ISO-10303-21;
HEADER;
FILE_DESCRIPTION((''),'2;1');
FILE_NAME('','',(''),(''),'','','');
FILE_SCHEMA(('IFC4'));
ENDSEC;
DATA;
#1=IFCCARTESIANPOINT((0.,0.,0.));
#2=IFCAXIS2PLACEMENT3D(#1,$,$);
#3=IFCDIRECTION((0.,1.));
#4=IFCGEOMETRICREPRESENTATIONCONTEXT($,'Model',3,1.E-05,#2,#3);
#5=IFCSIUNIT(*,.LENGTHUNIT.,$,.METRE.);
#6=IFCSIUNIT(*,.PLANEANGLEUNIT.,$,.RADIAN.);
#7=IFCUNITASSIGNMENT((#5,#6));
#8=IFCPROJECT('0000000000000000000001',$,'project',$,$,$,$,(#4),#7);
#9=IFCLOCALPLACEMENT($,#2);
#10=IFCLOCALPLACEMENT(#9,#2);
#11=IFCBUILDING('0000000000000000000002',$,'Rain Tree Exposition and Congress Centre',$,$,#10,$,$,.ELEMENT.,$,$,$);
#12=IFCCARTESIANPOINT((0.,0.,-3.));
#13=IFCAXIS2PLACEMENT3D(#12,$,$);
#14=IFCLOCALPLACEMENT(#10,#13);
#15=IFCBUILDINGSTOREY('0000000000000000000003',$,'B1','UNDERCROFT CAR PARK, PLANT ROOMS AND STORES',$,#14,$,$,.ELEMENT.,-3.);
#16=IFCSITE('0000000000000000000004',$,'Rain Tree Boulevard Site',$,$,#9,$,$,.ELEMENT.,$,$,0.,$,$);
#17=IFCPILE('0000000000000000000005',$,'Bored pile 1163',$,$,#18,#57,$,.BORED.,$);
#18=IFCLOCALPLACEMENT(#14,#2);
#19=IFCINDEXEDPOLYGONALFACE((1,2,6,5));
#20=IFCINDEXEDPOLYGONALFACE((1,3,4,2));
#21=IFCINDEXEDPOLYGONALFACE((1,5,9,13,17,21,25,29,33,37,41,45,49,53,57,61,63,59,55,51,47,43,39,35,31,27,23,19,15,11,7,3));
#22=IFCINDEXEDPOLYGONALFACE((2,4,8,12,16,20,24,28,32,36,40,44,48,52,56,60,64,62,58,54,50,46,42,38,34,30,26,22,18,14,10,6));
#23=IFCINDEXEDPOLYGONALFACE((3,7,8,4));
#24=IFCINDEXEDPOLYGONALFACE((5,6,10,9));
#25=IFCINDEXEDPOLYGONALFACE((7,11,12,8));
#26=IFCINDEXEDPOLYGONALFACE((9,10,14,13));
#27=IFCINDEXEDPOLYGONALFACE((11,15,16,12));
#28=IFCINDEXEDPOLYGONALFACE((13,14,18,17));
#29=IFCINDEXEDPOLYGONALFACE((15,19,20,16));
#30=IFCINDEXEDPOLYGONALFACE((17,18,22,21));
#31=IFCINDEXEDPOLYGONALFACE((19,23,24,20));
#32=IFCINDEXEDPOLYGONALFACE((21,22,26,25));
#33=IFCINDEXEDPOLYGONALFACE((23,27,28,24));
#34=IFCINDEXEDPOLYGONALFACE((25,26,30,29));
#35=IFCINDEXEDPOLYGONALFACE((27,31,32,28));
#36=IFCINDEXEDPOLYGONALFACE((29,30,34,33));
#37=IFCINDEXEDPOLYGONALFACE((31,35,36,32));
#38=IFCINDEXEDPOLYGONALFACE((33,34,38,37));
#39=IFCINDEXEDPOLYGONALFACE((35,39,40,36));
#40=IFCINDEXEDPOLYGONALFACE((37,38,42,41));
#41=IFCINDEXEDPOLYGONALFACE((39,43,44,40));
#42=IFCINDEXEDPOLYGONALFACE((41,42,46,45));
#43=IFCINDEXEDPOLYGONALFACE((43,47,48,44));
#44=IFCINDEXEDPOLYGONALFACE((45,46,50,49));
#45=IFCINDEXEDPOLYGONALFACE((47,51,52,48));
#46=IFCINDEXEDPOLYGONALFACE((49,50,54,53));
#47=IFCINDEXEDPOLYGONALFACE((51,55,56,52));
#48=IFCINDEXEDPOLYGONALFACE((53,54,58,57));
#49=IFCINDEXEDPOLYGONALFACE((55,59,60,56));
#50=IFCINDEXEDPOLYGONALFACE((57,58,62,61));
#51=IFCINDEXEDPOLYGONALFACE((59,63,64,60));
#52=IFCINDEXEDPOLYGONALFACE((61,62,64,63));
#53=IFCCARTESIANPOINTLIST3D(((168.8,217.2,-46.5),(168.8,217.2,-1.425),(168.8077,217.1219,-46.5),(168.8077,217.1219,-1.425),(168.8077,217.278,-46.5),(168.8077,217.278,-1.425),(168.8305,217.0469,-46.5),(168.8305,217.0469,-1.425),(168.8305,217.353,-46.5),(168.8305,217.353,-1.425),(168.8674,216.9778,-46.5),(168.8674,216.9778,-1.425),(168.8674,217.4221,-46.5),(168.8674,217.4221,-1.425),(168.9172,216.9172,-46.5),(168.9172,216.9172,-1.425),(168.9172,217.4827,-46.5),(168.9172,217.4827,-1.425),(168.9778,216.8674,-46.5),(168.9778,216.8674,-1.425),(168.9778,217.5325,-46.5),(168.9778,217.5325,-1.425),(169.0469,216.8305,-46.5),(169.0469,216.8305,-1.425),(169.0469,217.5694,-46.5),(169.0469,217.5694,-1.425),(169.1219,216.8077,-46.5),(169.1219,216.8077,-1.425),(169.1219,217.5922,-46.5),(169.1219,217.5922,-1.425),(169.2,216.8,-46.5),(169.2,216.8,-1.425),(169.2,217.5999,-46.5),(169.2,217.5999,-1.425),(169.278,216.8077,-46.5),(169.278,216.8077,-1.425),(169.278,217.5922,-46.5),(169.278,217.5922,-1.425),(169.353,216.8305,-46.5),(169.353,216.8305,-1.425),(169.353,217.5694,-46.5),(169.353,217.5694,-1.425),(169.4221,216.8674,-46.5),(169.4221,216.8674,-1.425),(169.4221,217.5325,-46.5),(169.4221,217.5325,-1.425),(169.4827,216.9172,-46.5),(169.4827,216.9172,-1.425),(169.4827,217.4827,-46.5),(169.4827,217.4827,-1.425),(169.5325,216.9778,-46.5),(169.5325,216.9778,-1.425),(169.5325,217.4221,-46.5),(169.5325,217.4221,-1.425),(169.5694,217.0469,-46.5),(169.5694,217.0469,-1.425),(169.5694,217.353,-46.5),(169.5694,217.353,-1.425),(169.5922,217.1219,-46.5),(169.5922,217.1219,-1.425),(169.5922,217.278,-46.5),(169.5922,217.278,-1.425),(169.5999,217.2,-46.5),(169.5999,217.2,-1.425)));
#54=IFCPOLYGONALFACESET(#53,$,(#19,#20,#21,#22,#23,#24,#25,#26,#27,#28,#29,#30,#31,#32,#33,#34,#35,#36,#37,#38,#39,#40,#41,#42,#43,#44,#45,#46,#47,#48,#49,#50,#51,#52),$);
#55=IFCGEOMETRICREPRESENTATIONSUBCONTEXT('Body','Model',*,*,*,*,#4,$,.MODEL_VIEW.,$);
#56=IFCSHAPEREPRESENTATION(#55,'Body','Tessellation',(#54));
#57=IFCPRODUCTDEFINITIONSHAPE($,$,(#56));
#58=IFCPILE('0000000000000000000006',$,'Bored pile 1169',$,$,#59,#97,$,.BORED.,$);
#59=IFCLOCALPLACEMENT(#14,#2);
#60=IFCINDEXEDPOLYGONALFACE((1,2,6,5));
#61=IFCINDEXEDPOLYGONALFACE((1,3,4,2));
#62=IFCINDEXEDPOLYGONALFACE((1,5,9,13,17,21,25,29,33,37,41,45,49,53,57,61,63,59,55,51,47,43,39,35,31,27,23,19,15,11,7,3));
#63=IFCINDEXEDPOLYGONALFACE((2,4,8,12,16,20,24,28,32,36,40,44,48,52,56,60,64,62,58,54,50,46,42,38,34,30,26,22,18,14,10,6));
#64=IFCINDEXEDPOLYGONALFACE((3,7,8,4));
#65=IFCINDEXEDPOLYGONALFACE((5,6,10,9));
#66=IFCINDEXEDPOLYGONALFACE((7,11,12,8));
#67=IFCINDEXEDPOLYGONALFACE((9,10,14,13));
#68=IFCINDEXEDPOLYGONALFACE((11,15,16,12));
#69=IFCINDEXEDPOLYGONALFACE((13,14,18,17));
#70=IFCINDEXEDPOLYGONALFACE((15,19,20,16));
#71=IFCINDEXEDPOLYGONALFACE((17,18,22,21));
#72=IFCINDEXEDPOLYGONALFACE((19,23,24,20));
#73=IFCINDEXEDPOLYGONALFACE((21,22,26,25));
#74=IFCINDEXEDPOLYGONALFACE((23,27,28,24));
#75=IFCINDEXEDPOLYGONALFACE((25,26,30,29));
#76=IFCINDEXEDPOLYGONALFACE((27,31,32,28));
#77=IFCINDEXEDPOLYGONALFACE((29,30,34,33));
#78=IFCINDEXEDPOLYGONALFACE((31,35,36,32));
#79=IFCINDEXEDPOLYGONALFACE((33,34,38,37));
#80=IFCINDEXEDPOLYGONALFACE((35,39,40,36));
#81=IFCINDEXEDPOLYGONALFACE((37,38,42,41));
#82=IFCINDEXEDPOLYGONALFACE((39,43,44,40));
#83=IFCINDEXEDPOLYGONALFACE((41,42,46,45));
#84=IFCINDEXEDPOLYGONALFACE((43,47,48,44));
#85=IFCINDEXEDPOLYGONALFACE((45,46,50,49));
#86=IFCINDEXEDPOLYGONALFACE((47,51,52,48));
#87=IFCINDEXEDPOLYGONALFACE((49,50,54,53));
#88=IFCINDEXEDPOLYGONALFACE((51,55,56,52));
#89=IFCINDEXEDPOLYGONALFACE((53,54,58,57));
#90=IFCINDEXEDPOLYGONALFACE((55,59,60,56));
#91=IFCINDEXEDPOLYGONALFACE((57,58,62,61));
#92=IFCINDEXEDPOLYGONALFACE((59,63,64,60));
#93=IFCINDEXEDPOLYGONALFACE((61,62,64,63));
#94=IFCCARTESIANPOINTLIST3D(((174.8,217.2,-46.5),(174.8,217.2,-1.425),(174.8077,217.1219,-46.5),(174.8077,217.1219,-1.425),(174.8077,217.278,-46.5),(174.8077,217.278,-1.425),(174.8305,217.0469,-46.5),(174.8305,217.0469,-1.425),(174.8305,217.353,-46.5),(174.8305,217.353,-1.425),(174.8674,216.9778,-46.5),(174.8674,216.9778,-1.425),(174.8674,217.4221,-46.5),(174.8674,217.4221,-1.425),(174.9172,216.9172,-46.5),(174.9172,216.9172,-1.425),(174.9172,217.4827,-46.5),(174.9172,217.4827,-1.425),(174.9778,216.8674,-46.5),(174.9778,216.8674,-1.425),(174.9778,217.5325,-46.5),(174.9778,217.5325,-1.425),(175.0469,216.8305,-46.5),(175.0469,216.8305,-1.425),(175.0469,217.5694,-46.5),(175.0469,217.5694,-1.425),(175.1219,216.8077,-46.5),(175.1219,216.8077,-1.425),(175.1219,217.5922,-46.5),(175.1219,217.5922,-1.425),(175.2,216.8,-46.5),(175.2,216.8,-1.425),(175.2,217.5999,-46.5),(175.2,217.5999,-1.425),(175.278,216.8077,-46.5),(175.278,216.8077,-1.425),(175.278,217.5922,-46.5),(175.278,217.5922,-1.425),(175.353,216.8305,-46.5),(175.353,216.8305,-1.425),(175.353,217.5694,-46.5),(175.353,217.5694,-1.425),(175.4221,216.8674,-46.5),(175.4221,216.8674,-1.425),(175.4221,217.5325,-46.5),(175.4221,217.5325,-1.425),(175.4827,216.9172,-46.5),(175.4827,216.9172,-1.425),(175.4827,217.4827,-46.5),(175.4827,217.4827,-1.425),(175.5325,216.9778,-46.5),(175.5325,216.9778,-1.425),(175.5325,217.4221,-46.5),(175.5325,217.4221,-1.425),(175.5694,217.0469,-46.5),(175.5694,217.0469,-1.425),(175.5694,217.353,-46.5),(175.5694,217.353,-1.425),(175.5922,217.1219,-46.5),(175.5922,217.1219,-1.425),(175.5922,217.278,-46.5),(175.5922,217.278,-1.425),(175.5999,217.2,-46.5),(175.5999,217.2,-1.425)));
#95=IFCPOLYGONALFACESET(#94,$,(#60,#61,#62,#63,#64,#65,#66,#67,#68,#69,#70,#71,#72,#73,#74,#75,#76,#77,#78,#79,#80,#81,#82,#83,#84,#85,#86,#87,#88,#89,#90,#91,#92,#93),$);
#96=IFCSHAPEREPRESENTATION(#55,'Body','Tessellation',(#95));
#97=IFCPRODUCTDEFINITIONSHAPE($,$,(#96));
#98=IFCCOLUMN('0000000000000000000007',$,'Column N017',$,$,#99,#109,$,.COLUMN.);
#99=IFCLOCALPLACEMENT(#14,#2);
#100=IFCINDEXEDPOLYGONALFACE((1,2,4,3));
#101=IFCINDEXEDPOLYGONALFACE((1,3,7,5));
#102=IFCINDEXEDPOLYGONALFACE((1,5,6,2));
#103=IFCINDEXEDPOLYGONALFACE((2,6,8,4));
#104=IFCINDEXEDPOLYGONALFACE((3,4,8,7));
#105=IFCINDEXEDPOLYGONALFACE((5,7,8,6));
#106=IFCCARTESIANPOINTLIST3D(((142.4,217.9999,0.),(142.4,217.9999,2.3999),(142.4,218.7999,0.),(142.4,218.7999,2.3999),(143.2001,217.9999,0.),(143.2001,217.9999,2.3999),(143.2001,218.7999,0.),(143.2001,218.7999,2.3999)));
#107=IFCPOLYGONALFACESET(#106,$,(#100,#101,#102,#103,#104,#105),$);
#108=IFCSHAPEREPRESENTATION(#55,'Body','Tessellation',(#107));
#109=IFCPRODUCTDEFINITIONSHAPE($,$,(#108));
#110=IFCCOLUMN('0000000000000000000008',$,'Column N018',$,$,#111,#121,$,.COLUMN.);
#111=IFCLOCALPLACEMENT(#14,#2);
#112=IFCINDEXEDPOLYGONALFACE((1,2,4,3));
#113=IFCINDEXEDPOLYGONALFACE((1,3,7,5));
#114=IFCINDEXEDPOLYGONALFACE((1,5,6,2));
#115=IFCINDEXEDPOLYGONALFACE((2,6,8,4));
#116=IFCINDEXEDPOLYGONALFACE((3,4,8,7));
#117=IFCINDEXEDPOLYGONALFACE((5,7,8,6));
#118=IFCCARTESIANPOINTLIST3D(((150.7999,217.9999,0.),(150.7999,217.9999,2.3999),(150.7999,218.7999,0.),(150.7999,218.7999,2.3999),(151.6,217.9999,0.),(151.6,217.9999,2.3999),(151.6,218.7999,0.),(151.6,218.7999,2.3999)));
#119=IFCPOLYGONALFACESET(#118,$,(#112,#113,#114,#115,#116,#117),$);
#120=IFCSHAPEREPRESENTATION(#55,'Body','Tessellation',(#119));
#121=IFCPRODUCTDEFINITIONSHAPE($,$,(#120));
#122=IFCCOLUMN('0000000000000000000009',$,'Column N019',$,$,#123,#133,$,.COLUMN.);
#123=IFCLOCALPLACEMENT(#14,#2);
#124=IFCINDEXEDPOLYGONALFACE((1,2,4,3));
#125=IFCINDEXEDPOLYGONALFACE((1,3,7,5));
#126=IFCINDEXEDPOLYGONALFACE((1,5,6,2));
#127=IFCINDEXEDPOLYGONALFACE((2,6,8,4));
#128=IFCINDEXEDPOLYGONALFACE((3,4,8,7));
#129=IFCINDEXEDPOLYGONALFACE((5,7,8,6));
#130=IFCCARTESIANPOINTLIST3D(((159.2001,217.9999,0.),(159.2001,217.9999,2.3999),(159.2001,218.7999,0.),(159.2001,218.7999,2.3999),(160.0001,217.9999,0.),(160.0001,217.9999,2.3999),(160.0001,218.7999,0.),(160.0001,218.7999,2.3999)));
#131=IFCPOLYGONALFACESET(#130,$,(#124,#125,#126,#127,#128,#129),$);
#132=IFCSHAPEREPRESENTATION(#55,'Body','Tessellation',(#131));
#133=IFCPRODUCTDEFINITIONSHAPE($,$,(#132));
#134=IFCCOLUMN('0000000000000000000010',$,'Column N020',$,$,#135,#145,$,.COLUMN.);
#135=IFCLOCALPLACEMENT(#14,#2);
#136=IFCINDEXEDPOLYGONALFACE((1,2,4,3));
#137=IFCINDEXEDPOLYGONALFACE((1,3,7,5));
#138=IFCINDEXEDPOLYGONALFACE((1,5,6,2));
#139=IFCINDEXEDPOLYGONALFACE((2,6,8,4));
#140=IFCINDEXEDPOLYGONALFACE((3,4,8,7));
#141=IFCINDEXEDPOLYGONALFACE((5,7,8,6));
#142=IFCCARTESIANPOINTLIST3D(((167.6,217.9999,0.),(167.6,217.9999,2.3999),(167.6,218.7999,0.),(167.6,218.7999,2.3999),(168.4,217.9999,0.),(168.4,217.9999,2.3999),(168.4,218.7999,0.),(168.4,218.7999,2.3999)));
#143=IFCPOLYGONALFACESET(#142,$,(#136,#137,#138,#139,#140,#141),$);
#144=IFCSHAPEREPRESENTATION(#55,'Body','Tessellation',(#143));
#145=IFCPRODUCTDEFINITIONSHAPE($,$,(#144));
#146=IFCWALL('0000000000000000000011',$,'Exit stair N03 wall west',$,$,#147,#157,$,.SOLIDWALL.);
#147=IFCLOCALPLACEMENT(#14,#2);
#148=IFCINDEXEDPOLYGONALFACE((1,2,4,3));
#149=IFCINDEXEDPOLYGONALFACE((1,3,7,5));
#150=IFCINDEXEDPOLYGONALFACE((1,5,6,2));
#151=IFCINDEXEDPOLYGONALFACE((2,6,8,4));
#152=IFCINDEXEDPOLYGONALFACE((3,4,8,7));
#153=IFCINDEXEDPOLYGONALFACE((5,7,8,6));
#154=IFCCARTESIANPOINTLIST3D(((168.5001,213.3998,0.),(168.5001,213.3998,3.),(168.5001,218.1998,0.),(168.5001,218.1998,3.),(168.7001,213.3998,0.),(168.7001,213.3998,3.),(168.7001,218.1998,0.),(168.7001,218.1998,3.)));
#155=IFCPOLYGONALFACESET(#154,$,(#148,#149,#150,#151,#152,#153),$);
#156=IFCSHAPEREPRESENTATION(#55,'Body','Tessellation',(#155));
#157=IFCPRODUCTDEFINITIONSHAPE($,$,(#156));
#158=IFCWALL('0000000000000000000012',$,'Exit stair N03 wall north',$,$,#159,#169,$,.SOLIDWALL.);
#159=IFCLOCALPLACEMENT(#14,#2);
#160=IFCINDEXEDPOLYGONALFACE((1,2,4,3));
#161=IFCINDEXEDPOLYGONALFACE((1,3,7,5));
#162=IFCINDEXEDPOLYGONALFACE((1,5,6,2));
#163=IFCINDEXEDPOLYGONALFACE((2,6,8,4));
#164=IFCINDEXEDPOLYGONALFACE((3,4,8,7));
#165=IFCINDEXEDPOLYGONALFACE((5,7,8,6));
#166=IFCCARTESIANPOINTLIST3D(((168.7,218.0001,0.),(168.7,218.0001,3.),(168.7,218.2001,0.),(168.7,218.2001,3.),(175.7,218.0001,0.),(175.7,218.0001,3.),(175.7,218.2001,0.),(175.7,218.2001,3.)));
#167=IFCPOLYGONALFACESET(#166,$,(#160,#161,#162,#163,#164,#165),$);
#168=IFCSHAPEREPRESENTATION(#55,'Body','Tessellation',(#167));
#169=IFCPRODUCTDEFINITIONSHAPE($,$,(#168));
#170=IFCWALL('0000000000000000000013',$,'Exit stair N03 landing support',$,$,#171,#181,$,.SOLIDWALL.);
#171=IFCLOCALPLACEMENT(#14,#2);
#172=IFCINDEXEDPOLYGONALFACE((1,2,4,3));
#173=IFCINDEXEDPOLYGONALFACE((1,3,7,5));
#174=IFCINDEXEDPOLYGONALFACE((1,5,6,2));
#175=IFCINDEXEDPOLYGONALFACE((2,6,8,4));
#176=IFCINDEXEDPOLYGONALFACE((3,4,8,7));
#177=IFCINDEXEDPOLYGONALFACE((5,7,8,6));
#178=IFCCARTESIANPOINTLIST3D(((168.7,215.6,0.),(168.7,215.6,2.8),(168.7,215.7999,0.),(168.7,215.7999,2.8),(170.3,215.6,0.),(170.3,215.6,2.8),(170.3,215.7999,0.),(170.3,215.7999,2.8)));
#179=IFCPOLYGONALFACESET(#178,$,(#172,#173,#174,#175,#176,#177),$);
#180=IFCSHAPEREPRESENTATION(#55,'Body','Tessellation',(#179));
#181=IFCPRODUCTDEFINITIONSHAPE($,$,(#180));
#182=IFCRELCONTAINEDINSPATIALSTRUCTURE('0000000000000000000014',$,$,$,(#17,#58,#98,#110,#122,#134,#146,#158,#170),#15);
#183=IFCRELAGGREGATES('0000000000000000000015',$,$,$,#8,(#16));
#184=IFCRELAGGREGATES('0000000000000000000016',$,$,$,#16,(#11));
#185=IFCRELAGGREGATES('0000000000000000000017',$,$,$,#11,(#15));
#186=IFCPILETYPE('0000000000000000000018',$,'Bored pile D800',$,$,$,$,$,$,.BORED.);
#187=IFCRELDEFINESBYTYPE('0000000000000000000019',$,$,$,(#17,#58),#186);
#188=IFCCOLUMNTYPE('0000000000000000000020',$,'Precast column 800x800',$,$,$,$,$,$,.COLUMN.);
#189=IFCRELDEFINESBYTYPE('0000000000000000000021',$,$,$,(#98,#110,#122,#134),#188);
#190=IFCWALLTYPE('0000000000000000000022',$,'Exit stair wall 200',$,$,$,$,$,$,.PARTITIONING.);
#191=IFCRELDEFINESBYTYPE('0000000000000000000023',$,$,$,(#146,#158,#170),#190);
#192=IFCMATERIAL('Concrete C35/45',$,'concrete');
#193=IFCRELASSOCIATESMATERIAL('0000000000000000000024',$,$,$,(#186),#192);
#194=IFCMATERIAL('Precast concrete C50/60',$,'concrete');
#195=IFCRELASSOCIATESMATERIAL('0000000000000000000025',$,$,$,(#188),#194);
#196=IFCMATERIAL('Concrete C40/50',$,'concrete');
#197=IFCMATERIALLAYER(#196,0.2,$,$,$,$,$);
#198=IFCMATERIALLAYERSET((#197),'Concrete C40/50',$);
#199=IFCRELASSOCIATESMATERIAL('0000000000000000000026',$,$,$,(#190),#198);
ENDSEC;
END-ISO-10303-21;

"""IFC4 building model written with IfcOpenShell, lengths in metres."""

from ifc_helpers import new_model, si_unit, direction, frame, frame_2d, origin, origin_2d, place, context, subcontext, project, spatial, rectangle, circle, extrude, material, layer, layer_set, material_profile, profile_set, type_object, element, save


model = new_model("IFC4")

# Units and contexts
model_context = context("Model", 3, precision=1e-05, world=origin(), true_north=direction((0.0, 1.0)))
body_context = subcontext(model_context, "Body", "Model", "MODEL_VIEW")
ifc_project = project(units=[si_unit("LENGTHUNIT", "METRE"), si_unit("PLANEANGLEUNIT", "RADIAN")], contexts=[model_context])

# Site, building, storey
site_placement = place(None, origin())
site = spatial("IfcSite", under=ifc_project, at=site_placement, Name="Rain Tree Boulevard Site", CompositionType="ELEMENT", RefElevation=0.0)
building_placement = place(site_placement, origin())
building = spatial("IfcBuilding", under=site, at=building_placement, Name="Rain Tree Exposition and Congress Centre", CompositionType="ELEMENT")
storey_placement = place(building_placement, frame((0.0, 0.0, -3.0)))
storey = spatial("IfcBuildingStorey", under=building, at=storey_placement, Name="B1", Description="UNDERCROFT CAR PARK, PLANT ROOMS AND STORES", CompositionType="ELEMENT", Elevation=-3.0)

# Piles
ifc_material_1 = material(Name="Concrete C35/45", Category="concrete")
ifc_material_profile_1 = material_profile(ifc_material_1, circle(Radius=0.3999, at=origin_2d()), Name="D800")
ifc_profile_set_1 = profile_set([ifc_material_profile_1], Name="Concrete C35/45")
pile_type_1 = type_object("IfcPileType", Name="Bored pile D800", PredefinedType="BORED", material=ifc_profile_set_1)
for number, where, z_axis, x_axis, name in (
    (1, (169.2, 217.2, -1.425), (0.0, 0.0, -1.0), (1.0, 0.0, 0.0), "Bored pile 1163"),
    (2, (175.2, 217.2, -1.425), (0.0, 0.0, -1.0), (1.0, 0.0, 0.0), "Bored pile 1169"),
):
    element("IfcPile", number, at=place(storey_placement, frame(where, z_axis=z_axis, x_axis=x_axis)), inside=storey, type_object=pile_type_1, Name=name, PredefinedType="BORED", context=body_context, shape_type="SweptSolid", body=[
        extrude(circle(Radius=0.3999, at=origin_2d()), origin(), (0.0, 0.0, 1.0), 45.075),
    ])

# Columns
ifc_material_2 = material(Name="Precast concrete C50/60", Category="concrete")
ifc_material_profile_2 = material_profile(ifc_material_2, rectangle(XDim=0.8, YDim=0.8, at=origin_2d()), Name="RC 800x800")
ifc_profile_set_2 = profile_set([ifc_material_profile_2], Name="Precast concrete C50/60")
column_type = type_object("IfcColumnType", Name="Precast column 800x800", PredefinedType="COLUMN", material=ifc_profile_set_2)
for number, where, z_axis, x_axis, name in (
    (3, (142.8, 218.3999, 0.0), (0.0, 0.0, 1.0), (1.0, 0.0, 0.0), "Column N017"),
    (4, (151.2, 218.3999, 0.0), (0.0, 0.0, 1.0), (1.0, 0.0, 0.0), "Column N018"),
    (5, (159.6001, 218.3999, 0.0), (0.0, 0.0, 1.0), (1.0, 0.0, 0.0), "Column N019"),
    (6, (168.0, 218.3999, 0.0), (0.0, 0.0, 1.0), (1.0, 0.0, 0.0), "Column N020"),
):
    element("IfcColumn", number, at=place(storey_placement, frame(where, z_axis=z_axis, x_axis=x_axis)), inside=storey, type_object=column_type, Name=name, PredefinedType="COLUMN", context=body_context, shape_type="SweptSolid", body=[
        extrude(rectangle(XDim=0.8, YDim=0.8, at=origin_2d()), origin(), (0.0, 0.0, 1.0), 2.3999),
    ])

# Wall
ifc_material_3 = material(Name="Concrete C40/50", Category="concrete")
ifc_layer = layer(ifc_material_3, 0.2)
ifc_layer_set = layer_set([ifc_layer], Name="Concrete C40/50")
wall_type = type_object("IfcWallType", Name="Exit stair wall 200", PredefinedType="PARTITIONING", material=ifc_layer_set)
wall_1_placement = place(storey_placement, frame((168.6001, 213.3999, 0.0), z_axis=(0.0, 0.0, 1.0), x_axis=(0.0, 1.0, 0.0)))
element("IfcWall", 7, at=wall_1_placement, inside=storey, type_object=wall_type, Name="Exit stair N03 wall west", PredefinedType="SOLIDWALL", context=body_context, shape_type="SweptSolid", body=[
    extrude(rectangle(XDim=4.8, YDim=0.2, at=frame_2d((2.3999, 0.0))), origin(), (0.0, 0.0, 1.0), 3.0),
])

# Walls
wall_2_placement = place(storey_placement, frame((168.7, 218.1001, 0.0), z_axis=(0.0, 0.0, 1.0), x_axis=(1.0, 0.0, 0.0)))
element("IfcWall", 8, at=wall_2_placement, inside=storey, type_object=wall_type, Name="Exit stair N03 wall north", PredefinedType="SOLIDWALL", context=body_context, shape_type="SweptSolid", body=[
    extrude(rectangle(XDim=7.0, YDim=0.2, at=frame_2d((3.5, 0.0))), origin(), (0.0, 0.0, 1.0), 3.0),
])
wall_3_placement = place(storey_placement, frame((168.7, 215.7, 0.0), z_axis=(0.0, 0.0, 1.0), x_axis=(1.0, 0.0, 0.0)))
element("IfcWall", 9, at=wall_3_placement, inside=storey, type_object=wall_type, Name="Exit stair N03 landing support", PredefinedType="SOLIDWALL", context=body_context, shape_type="SweptSolid", body=[
    extrude(rectangle(XDim=1.6001, YDim=0.2, at=frame_2d((0.8, 0.0))), origin(), (0.0, 0.0, 1.0), 2.8),
])

save(model, "model.ifc")
